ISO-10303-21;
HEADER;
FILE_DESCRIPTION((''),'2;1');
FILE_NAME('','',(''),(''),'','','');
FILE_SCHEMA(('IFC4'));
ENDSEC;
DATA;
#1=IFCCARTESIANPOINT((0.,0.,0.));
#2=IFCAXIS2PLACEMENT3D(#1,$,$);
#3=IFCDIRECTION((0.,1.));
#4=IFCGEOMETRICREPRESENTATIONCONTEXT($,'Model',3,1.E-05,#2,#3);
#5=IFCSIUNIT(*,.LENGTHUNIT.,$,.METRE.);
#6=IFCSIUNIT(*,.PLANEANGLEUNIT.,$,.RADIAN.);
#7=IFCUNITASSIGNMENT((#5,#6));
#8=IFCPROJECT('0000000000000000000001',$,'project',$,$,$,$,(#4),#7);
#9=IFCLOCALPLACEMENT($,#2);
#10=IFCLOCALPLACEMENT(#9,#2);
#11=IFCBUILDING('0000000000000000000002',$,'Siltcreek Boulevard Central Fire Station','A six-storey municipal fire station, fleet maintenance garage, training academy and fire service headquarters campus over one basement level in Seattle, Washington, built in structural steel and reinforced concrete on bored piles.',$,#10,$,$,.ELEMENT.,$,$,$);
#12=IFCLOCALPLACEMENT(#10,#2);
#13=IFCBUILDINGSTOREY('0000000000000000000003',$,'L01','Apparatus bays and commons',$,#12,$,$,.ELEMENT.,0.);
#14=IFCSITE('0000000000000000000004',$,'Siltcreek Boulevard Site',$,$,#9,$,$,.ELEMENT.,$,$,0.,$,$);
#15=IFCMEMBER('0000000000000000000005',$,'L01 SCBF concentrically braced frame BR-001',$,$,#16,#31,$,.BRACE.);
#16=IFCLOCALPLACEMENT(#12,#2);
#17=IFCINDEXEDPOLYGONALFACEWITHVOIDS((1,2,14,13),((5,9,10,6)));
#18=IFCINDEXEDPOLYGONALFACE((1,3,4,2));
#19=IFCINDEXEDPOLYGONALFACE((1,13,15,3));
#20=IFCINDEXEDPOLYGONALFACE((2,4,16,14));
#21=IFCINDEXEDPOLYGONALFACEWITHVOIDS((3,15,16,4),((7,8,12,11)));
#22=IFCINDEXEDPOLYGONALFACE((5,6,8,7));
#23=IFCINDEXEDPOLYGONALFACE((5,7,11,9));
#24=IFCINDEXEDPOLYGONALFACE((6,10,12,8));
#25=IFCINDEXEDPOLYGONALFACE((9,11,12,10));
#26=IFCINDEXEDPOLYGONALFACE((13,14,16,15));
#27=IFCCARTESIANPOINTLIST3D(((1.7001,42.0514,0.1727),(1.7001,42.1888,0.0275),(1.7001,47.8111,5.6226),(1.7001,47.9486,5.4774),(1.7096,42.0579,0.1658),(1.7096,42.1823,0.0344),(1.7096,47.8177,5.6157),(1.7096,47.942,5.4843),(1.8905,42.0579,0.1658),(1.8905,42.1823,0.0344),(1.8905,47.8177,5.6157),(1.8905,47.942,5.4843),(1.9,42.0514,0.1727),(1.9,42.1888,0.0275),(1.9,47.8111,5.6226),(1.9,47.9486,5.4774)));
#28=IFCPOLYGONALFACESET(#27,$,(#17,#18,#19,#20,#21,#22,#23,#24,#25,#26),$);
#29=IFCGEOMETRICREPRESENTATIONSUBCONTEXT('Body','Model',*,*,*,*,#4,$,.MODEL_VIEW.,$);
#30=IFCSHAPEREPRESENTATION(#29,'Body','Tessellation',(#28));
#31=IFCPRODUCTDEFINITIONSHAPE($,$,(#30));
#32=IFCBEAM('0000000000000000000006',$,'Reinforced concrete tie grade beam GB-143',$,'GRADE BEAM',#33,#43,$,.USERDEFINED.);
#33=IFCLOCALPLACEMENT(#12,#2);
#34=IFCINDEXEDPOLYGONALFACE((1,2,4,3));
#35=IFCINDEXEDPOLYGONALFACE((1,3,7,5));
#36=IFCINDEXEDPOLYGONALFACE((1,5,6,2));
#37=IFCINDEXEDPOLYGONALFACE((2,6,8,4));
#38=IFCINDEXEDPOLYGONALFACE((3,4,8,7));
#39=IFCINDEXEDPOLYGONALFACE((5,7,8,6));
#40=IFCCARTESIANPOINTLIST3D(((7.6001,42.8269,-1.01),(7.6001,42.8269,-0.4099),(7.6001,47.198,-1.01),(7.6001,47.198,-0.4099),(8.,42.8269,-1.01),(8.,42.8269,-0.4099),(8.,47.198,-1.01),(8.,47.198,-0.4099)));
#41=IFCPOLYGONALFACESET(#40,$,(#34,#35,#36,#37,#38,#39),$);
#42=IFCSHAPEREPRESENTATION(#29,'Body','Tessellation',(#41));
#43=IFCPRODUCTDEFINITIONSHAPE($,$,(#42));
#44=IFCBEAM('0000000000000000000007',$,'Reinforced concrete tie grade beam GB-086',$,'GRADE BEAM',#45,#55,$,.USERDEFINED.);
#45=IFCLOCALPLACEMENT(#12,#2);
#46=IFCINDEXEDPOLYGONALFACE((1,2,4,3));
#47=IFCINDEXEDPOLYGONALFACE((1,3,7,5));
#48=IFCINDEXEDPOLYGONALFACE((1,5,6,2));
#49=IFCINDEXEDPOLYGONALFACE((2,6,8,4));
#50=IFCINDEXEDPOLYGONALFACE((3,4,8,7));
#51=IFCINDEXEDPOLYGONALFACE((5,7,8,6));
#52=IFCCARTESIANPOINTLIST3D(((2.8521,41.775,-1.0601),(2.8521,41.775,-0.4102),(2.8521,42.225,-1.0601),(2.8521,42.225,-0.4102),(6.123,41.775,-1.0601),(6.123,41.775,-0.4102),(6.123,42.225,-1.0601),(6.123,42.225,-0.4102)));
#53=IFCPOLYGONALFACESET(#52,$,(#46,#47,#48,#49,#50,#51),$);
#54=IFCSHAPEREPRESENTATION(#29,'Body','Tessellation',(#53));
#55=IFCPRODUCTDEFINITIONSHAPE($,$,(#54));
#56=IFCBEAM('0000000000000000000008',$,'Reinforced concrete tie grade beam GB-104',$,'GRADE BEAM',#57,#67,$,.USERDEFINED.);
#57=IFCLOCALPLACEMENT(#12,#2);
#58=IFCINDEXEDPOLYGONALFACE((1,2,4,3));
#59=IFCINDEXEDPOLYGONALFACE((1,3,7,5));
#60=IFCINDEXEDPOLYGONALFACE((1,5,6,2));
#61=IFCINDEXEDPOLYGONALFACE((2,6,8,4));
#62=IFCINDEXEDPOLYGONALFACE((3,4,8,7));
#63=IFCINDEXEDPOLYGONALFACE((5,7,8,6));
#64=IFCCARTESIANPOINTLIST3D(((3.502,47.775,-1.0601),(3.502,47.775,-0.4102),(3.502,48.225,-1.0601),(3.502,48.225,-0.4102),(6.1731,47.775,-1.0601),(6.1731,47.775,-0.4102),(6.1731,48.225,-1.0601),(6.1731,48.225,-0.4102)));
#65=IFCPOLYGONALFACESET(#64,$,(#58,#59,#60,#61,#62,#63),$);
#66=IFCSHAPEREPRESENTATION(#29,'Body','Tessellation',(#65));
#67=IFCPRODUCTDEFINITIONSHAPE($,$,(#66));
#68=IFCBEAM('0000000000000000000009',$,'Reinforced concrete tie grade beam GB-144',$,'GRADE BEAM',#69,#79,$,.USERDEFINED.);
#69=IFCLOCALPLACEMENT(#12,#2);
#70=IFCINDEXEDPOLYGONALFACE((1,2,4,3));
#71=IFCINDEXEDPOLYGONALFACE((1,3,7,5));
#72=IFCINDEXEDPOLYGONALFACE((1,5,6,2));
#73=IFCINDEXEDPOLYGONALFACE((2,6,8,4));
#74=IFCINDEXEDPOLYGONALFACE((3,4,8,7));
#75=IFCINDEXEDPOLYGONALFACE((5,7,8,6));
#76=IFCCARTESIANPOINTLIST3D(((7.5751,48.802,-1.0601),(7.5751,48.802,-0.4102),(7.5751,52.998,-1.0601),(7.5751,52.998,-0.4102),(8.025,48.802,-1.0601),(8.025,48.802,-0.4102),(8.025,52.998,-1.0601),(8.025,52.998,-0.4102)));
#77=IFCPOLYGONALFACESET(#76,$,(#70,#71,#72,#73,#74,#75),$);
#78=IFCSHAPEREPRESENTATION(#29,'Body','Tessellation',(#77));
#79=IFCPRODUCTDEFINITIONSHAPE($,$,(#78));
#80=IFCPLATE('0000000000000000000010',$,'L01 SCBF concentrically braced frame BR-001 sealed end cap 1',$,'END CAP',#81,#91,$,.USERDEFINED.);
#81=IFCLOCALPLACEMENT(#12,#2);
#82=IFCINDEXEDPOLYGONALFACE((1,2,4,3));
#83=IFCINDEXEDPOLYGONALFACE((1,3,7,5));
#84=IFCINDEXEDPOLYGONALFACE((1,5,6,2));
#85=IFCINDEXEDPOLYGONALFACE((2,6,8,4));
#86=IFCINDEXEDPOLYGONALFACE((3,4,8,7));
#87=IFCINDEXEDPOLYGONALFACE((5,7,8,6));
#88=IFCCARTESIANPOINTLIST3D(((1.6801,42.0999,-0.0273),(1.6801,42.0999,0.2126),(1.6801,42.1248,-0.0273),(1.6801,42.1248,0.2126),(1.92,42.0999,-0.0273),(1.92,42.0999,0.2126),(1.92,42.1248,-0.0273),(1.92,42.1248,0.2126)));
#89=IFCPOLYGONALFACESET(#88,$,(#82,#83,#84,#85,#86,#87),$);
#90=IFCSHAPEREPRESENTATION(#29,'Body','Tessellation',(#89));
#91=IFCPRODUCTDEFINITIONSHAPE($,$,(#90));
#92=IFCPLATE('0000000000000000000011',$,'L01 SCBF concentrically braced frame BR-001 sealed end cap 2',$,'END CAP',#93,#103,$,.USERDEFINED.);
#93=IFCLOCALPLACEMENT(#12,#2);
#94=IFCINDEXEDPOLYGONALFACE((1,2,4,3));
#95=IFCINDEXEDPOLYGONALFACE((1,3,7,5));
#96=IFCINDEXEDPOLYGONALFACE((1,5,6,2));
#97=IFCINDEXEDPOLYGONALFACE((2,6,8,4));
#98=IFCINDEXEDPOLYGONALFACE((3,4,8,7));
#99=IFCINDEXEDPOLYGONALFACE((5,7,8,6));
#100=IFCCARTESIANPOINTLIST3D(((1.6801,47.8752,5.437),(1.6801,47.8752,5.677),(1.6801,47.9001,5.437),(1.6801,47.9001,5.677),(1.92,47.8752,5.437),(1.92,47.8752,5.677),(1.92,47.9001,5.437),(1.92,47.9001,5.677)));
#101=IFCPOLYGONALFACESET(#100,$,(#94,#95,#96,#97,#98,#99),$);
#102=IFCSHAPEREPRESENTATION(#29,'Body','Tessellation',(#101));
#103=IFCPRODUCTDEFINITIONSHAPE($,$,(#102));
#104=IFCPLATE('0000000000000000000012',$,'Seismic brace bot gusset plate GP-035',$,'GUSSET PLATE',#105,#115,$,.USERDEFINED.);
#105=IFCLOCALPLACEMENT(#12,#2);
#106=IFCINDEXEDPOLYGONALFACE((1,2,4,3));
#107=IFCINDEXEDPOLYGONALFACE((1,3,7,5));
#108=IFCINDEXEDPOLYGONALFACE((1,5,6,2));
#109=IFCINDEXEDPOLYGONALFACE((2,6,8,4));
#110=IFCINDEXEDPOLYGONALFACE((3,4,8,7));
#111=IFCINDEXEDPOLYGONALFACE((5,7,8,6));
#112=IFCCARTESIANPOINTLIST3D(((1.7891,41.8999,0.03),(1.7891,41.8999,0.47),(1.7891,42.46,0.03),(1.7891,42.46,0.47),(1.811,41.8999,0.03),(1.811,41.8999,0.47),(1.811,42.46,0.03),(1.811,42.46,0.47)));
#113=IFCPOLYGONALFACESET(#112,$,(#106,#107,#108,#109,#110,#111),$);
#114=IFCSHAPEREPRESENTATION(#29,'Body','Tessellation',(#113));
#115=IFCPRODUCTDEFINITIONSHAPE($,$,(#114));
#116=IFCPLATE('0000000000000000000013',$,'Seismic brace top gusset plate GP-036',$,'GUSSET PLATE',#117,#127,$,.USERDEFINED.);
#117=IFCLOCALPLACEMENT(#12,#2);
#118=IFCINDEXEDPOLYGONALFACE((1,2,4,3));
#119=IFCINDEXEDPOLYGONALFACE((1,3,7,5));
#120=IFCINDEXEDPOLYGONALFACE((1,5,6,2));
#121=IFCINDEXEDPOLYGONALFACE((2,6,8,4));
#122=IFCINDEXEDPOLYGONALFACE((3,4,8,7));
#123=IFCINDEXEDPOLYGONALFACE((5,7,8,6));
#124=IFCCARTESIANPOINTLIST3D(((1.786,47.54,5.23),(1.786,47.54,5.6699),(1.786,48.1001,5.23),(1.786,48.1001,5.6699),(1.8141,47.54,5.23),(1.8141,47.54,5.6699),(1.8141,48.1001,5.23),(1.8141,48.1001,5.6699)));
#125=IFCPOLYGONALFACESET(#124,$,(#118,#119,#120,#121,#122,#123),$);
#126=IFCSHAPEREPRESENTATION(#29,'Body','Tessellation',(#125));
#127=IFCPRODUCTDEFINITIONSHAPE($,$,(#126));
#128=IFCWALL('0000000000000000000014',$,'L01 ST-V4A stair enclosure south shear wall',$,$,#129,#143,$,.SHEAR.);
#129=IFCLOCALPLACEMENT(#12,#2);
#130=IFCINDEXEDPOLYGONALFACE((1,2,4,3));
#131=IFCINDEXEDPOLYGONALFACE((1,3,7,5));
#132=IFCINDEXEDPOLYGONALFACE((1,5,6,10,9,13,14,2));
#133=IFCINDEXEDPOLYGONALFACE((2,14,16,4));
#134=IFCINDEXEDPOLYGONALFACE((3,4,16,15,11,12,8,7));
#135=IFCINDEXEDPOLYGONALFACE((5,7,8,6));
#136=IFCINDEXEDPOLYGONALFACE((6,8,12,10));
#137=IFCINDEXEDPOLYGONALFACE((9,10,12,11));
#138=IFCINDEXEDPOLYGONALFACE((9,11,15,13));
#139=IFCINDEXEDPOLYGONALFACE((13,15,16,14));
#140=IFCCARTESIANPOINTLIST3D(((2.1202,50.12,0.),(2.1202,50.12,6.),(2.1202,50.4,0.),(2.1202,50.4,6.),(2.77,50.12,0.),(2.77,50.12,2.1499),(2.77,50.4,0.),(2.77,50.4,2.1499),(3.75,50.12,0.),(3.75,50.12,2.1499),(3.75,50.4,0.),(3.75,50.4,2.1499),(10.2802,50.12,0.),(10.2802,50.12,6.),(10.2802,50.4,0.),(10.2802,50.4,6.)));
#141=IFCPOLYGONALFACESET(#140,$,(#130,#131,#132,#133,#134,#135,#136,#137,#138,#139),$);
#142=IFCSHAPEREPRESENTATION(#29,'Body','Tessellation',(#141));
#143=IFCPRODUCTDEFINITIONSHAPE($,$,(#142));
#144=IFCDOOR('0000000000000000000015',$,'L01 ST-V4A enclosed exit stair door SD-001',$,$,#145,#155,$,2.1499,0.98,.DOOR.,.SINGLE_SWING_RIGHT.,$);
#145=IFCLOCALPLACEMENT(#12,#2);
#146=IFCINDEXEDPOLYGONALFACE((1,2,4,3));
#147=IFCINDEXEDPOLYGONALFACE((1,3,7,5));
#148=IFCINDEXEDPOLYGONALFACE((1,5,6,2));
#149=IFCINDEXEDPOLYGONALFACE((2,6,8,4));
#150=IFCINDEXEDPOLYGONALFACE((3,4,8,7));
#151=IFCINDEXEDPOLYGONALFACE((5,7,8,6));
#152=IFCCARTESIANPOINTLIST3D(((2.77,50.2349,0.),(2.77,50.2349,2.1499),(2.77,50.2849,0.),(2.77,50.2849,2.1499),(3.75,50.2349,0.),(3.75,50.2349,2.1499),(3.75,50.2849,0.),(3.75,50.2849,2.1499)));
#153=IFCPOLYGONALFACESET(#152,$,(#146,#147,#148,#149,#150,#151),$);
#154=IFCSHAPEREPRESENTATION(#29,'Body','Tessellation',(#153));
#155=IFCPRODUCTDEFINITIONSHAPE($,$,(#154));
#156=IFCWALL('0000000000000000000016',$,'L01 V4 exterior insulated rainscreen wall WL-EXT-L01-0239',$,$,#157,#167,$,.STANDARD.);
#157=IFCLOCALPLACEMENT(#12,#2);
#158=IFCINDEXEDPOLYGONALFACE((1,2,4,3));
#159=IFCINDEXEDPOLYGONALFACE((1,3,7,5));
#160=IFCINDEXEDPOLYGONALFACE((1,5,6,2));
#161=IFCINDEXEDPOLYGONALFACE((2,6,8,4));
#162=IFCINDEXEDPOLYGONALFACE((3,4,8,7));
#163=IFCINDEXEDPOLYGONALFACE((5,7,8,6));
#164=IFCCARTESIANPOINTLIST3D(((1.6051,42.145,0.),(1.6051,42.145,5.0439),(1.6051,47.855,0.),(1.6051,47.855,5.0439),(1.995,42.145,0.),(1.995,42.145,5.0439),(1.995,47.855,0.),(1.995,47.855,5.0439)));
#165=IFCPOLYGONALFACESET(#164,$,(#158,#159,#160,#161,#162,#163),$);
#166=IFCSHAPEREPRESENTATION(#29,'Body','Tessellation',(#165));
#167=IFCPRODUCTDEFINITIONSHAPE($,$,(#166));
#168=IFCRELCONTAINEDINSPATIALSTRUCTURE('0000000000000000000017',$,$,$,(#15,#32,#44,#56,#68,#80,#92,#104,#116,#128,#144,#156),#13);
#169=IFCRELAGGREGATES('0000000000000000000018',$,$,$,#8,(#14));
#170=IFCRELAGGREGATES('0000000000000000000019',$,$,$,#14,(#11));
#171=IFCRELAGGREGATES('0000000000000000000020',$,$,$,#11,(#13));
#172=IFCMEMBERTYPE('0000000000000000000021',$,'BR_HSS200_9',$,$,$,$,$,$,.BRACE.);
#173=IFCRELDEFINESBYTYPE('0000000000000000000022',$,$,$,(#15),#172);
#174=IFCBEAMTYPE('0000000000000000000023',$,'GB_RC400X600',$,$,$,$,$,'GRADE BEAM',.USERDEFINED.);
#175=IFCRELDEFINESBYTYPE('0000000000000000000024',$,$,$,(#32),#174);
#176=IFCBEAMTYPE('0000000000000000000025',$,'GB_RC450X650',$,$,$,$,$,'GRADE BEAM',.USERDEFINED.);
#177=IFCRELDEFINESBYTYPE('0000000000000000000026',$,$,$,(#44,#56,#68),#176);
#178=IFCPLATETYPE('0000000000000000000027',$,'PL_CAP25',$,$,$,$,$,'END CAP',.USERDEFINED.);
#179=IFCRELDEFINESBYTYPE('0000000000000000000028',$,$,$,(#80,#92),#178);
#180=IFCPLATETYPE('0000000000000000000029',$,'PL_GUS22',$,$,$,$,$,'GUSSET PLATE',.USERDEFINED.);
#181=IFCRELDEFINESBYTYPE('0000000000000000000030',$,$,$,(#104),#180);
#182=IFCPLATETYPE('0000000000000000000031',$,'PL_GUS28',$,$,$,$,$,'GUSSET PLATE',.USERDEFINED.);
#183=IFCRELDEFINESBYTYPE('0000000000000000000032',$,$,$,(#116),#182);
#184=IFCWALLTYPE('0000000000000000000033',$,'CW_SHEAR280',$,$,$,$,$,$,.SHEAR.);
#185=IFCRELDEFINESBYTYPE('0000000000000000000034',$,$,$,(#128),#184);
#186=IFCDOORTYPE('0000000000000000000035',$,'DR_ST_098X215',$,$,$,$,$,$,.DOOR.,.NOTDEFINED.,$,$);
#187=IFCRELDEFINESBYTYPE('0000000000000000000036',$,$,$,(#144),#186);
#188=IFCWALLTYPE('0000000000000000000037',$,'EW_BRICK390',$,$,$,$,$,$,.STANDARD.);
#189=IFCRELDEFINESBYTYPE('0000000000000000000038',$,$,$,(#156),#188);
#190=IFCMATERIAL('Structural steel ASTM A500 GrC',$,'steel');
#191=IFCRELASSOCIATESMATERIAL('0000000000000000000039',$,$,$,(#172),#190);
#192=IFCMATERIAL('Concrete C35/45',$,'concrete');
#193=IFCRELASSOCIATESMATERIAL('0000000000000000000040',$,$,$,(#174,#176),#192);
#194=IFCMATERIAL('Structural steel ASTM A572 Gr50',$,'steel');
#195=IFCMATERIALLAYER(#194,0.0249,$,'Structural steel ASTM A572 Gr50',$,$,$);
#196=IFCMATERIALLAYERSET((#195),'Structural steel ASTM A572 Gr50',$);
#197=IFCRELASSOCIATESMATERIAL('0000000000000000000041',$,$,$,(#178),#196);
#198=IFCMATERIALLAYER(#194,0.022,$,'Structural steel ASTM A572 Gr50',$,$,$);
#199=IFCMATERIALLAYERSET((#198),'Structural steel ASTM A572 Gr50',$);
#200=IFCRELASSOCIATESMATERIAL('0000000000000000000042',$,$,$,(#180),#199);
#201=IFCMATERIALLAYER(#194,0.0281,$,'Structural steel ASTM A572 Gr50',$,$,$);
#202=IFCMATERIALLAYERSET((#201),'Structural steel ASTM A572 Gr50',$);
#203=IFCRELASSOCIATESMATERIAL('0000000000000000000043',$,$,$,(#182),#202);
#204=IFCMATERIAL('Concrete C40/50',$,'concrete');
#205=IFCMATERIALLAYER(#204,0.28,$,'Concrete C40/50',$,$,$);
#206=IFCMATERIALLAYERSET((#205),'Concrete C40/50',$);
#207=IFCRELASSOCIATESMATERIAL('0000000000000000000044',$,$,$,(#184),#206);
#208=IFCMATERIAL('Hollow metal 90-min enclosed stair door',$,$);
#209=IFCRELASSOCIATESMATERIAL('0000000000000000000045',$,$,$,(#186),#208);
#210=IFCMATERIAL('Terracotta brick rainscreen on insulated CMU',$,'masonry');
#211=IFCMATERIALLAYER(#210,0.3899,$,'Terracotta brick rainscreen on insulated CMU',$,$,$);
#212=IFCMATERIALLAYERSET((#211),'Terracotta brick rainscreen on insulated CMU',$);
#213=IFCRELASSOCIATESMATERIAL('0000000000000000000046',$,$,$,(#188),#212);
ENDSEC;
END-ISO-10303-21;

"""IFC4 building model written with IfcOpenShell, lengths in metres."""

from ifc_helpers import new_model, si_unit, direction, frame, frame_2d, origin, origin_2d, place, context, subcontext, project, spatial, rectangle, hollow_rectangle, extrude, material, layer, layer_set, material_profile, profile_set, type_object, element, fill, save


model = new_model("IFC4")

# Units and contexts
model_context = context("Model", 3, precision=1e-05, world=origin(), true_north=direction((0.0, 1.0)))
body_context = subcontext(model_context, "Body", "Model", "MODEL_VIEW")
ifc_project = project(units=[si_unit("LENGTHUNIT", "METRE"), si_unit("PLANEANGLEUNIT", "RADIAN")], contexts=[model_context])

# Site, building, storey
site_placement = place(None, origin())
site = spatial("IfcSite", under=ifc_project, at=site_placement, Name="Siltcreek Boulevard Site", CompositionType="ELEMENT", RefElevation=0.0)
building_placement = place(site_placement, origin())
building = spatial("IfcBuilding", under=site, at=building_placement, Name="Siltcreek Boulevard Central Fire Station", Description="A six-storey municipal fire station, fleet maintenance garage, training academy and fire service headquarters campus over one basement level in Seattle, Washington, built in structural steel and reinforced concrete on bored piles.", CompositionType="ELEMENT")
storey_placement = place(building_placement, origin())
storey = spatial("IfcBuildingStorey", under=building, at=storey_placement, Name="L01", Description="Apparatus bays and commons", CompositionType="ELEMENT", Elevation=0.0)

# Shared definitions
ifc_material_1 = material(Name="Concrete C35/45", Category="concrete")

# Member
ifc_material_2 = material(Name="Structural steel ASTM A500 GrC", Category="steel")
ifc_material_profile_1 = material_profile(ifc_material_2, hollow_rectangle(XDim=0.2, YDim=0.2, WallThickness=0.0095, at=origin_2d()), Name="HSS200X200X9.5")
ifc_profile_set_1 = profile_set([ifc_material_profile_1], Name="Structural steel ASTM A500 GrC")
member_type = type_object("IfcMemberType", Name="BR_HSS200_9", PredefinedType="BRACE", material=ifc_profile_set_1)
member_placement = place(storey_placement, frame((1.8, 42.1201, 0.1001), z_axis=(0.0, 0.726372, 0.687301), x_axis=(-1.0, 0.0, 0.0)))
element("IfcMember", 1, at=member_placement, inside=storey, type_object=member_type, Name="L01 SCBF concentrically braced frame BR-001", PredefinedType="BRACE", context=body_context, shape_type="SweptSolid", body=[
    extrude(hollow_rectangle(XDim=0.2, YDim=0.2, WallThickness=0.0095, at=origin_2d()), origin(), (0.0, 0.0, 1.0), 7.9294),
])

# Beams
ifc_material_profile_2 = material_profile(ifc_material_1, rectangle(XDim=0.3999, YDim=0.6001, at=origin_2d()), Name="RC400X600")
ifc_profile_set_2 = profile_set([ifc_material_profile_2], Name="Concrete C35/45")
beam_type_1 = type_object("IfcBeamType", Name="GB_RC400X600", ElementType="GRADE BEAM", PredefinedType="USERDEFINED", material=ifc_profile_set_2)
beam_1_placement = place(storey_placement, frame((7.8, 42.8269, -0.71), z_axis=(0.0, 1.0, 0.0), x_axis=(-1.0, 0.0, 0.0)))
element("IfcBeam", 2, at=beam_1_placement, inside=storey, type_object=beam_type_1, Name="Reinforced concrete tie grade beam GB-143", ObjectType="GRADE BEAM", PredefinedType="USERDEFINED", context=body_context, shape_type="SweptSolid", body=[
    extrude(rectangle(XDim=0.3999, YDim=0.6001, at=origin_2d()), origin(), (0.0, 0.0, 1.0), 4.3711),
])
ifc_material_profile_3 = material_profile(ifc_material_1, rectangle(XDim=0.45, YDim=0.6499, at=origin_2d()), Name="RC450X650")
ifc_profile_set_3 = profile_set([ifc_material_profile_3], Name="Concrete C35/45")
beam_type_2 = type_object("IfcBeamType", Name="GB_RC450X650", ElementType="GRADE BEAM", PredefinedType="USERDEFINED", material=ifc_profile_set_3)
beam_2_placement = place(storey_placement, frame((2.8521, 42.0, -0.7351), z_axis=(1.0, 0.0, 0.0), x_axis=(0.0, 1.0, 0.0)))
element("IfcBeam", 3, at=beam_2_placement, inside=storey, type_object=beam_type_2, Name="Reinforced concrete tie grade beam GB-086", ObjectType="GRADE BEAM", PredefinedType="USERDEFINED", context=body_context, shape_type="SweptSolid", body=[
    extrude(rectangle(XDim=0.45, YDim=0.6499, at=origin_2d()), origin(), (0.0, 0.0, 1.0), 3.271),
])
beam_3_placement = place(storey_placement, frame((3.502, 48.0, -0.7351), z_axis=(1.0, 0.0, 0.0), x_axis=(0.0, 1.0, 0.0)))
element("IfcBeam", 4, at=beam_3_placement, inside=storey, type_object=beam_type_2, Name="Reinforced concrete tie grade beam GB-104", ObjectType="GRADE BEAM", PredefinedType="USERDEFINED", context=body_context, shape_type="SweptSolid", body=[
    extrude(rectangle(XDim=0.45, YDim=0.6499, at=origin_2d()), origin(), (0.0, 0.0, 1.0), 2.6711),
])
beam_4_placement = place(storey_placement, frame((7.8, 48.802, -0.7351), z_axis=(0.0, 1.0, 0.0), x_axis=(-1.0, 0.0, 0.0)))
element("IfcBeam", 5, at=beam_4_placement, inside=storey, type_object=beam_type_2, Name="Reinforced concrete tie grade beam GB-144", ObjectType="GRADE BEAM", PredefinedType="USERDEFINED", context=body_context, shape_type="SweptSolid", body=[
    extrude(rectangle(XDim=0.45, YDim=0.6499, at=origin_2d()), origin(), (0.0, 0.0, 1.0), 4.196),
])

# Plates
ifc_material_3 = material(Name="Structural steel ASTM A572 Gr50", Category="steel")
ifc_layer_1 = layer(ifc_material_3, 0.0249, Name="Structural steel ASTM A572 Gr50")
ifc_layer_set_1 = layer_set([ifc_layer_1], Name="Structural steel ASTM A572 Gr50")
plate_type_1 = type_object("IfcPlateType", Name="PL_CAP25", ElementType="END CAP", PredefinedType="USERDEFINED", material=ifc_layer_set_1)
for number, where, z_axis, x_axis, name in (
    (6, (1.8, 42.1123, -0.0273), (0.0, 0.0, 1.0), (0.0, 1.0, 0.0), "L01 SCBF concentrically braced frame BR-001 sealed end cap 1"),
    (7, (1.8, 47.8877, 5.437), (0.0, 0.0, 1.0), (0.0, 1.0, 0.0), "L01 SCBF concentrically braced frame BR-001 sealed end cap 2"),
):
    element("IfcPlate", number, at=place(storey_placement, frame(where, z_axis=z_axis, x_axis=x_axis)), inside=storey, type_object=plate_type_1, Name=name, ObjectType="END CAP", PredefinedType="USERDEFINED", context=body_context, shape_type="SweptSolid", body=[
        extrude(rectangle(XDim=0.0249, YDim=0.24, at=origin_2d()), origin(), (0.0, 0.0, 1.0), 0.24),
    ])
ifc_layer_2 = layer(ifc_material_3, 0.022, Name="Structural steel ASTM A572 Gr50")
ifc_layer_set_2 = layer_set([ifc_layer_2], Name="Structural steel ASTM A572 Gr50")
plate_type_2 = type_object("IfcPlateType", Name="PL_GUS22", ElementType="GUSSET PLATE", PredefinedType="USERDEFINED", material=ifc_layer_set_2)
plate_1_placement = place(storey_placement, frame((1.8, 42.1799, 0.03), z_axis=(0.0, 0.0, 1.0), x_axis=(0.0, 1.0, 0.0)))
element("IfcPlate", 8, at=plate_1_placement, inside=storey, type_object=plate_type_2, Name="Seismic brace bot gusset plate GP-035", ObjectType="GUSSET PLATE", PredefinedType="USERDEFINED", context=body_context, shape_type="SweptSolid", body=[
    extrude(rectangle(XDim=0.5601, YDim=0.022, at=origin_2d()), origin(), (0.0, 0.0, 1.0), 0.4399),
])
ifc_layer_3 = layer(ifc_material_3, 0.0281, Name="Structural steel ASTM A572 Gr50")
ifc_layer_set_3 = layer_set([ifc_layer_3], Name="Structural steel ASTM A572 Gr50")
plate_type_3 = type_object("IfcPlateType", Name="PL_GUS28", ElementType="GUSSET PLATE", PredefinedType="USERDEFINED", material=ifc_layer_set_3)
plate_2_placement = place(storey_placement, frame((1.8, 47.8201, 5.23), z_axis=(0.0, 0.0, 1.0), x_axis=(0.0, 1.0, 0.0)))
element("IfcPlate", 9, at=plate_2_placement, inside=storey, type_object=plate_type_3, Name="Seismic brace top gusset plate GP-036", ObjectType="GUSSET PLATE", PredefinedType="USERDEFINED", context=body_context, shape_type="SweptSolid", body=[
    extrude(rectangle(XDim=0.5601, YDim=0.0281, at=origin_2d()), origin(), (0.0, 0.0, 1.0), 0.4399),
])

# Wall, opening, door
ifc_material_4 = material(Name="Concrete C40/50", Category="concrete")
ifc_layer_4 = layer(ifc_material_4, 0.28, Name="Concrete C40/50")
ifc_layer_set_4 = layer_set([ifc_layer_4], Name="Concrete C40/50")
wall_type_1 = type_object("IfcWallType", Name="CW_SHEAR280", PredefinedType="SHEAR", material=ifc_layer_set_4)
wall_1_placement = place(storey_placement, frame((2.1201, 50.26, 0.0), z_axis=(0.0, 0.0, 1.0), x_axis=(1.0, 0.0, 0.0)))
wall_1 = element("IfcWall", 10, at=wall_1_placement, inside=storey, type_object=wall_type_1, Name="L01 ST-V4A stair enclosure south shear wall", PredefinedType="SHEAR", context=body_context, shape_type="SweptSolid", body=[
    extrude(rectangle(XDim=8.1599, YDim=0.28, at=frame_2d((4.0801, 0.0))), origin(), (0.0, 0.0, 1.0), 6.0),
])
opening_1_placement = place(wall_1_placement, frame((0.6499, 0.0, 0.0)))
opening_1 = element("IfcOpeningElement", 11, at=opening_1_placement, cuts=wall_1, PredefinedType="OPENING", context=body_context, shape_type="SweptSolid", body=[
    extrude(rectangle(XDim=0.98, YDim=2.1499, at=frame_2d((0.49, 1.075))), frame((0.0, 0.1499, 0.0), z_axis=(0.0, -1.0, 0.0), x_axis=(1.0, 0.0, 0.0)), (0.0, 0.0, 1.0), 0.3),
])
ifc_material_5 = material(Name="Hollow metal 90-min enclosed stair door")
door_type_1 = type_object("IfcDoorType", Name="DR_ST_098X215", OperationType="NOTDEFINED", PredefinedType="DOOR", material=ifc_material_5)
door_1_placement = place(opening_1_placement, origin())
door_1 = element("IfcDoor", 12, at=door_1_placement, inside=storey, type_object=door_type_1, Name="L01 ST-V4A enclosed exit stair door SD-001", OperationType="SINGLE_SWING_RIGHT", OverallHeight=2.1499, OverallWidth=0.98, PredefinedType="DOOR", context=body_context, shape_type="SweptSolid", body=[
    extrude(rectangle(XDim=0.98, YDim=2.1499, at=frame_2d((0.49, 1.075))), frame((0.0, 0.0249, 0.0), z_axis=(0.0, -1.0, 0.0), x_axis=(1.0, 0.0, 0.0)), (0.0, 0.0, 1.0), 0.05),
])
fill(opening_1, door_1)

# Wall
ifc_material_6 = material(Name="Terracotta brick rainscreen on insulated CMU", Category="masonry")
ifc_layer_5 = layer(ifc_material_6, 0.3899, Name="Terracotta brick rainscreen on insulated CMU")
ifc_layer_set_5 = layer_set([ifc_layer_5], Name="Terracotta brick rainscreen on insulated CMU")
wall_type_2 = type_object("IfcWallType", Name="EW_BRICK390", PredefinedType="STANDARD", material=ifc_layer_set_5)
wall_2_placement = place(storey_placement, frame((1.8, 47.855, 0.0), z_axis=(0.0, 0.0, 1.0), x_axis=(0.0, -1.0, 0.0)))
element("IfcWall", 13, at=wall_2_placement, inside=storey, type_object=wall_type_2, Name="L01 V4 exterior insulated rainscreen wall WL-EXT-L01-0239", PredefinedType="STANDARD", context=body_context, shape_type="SweptSolid", body=[
    extrude(rectangle(XDim=5.71, YDim=0.3899, at=frame_2d((2.855, 0.0))), origin(), (0.0, 0.0, 1.0), 5.0439),
])

save(model, "model.ifc")
